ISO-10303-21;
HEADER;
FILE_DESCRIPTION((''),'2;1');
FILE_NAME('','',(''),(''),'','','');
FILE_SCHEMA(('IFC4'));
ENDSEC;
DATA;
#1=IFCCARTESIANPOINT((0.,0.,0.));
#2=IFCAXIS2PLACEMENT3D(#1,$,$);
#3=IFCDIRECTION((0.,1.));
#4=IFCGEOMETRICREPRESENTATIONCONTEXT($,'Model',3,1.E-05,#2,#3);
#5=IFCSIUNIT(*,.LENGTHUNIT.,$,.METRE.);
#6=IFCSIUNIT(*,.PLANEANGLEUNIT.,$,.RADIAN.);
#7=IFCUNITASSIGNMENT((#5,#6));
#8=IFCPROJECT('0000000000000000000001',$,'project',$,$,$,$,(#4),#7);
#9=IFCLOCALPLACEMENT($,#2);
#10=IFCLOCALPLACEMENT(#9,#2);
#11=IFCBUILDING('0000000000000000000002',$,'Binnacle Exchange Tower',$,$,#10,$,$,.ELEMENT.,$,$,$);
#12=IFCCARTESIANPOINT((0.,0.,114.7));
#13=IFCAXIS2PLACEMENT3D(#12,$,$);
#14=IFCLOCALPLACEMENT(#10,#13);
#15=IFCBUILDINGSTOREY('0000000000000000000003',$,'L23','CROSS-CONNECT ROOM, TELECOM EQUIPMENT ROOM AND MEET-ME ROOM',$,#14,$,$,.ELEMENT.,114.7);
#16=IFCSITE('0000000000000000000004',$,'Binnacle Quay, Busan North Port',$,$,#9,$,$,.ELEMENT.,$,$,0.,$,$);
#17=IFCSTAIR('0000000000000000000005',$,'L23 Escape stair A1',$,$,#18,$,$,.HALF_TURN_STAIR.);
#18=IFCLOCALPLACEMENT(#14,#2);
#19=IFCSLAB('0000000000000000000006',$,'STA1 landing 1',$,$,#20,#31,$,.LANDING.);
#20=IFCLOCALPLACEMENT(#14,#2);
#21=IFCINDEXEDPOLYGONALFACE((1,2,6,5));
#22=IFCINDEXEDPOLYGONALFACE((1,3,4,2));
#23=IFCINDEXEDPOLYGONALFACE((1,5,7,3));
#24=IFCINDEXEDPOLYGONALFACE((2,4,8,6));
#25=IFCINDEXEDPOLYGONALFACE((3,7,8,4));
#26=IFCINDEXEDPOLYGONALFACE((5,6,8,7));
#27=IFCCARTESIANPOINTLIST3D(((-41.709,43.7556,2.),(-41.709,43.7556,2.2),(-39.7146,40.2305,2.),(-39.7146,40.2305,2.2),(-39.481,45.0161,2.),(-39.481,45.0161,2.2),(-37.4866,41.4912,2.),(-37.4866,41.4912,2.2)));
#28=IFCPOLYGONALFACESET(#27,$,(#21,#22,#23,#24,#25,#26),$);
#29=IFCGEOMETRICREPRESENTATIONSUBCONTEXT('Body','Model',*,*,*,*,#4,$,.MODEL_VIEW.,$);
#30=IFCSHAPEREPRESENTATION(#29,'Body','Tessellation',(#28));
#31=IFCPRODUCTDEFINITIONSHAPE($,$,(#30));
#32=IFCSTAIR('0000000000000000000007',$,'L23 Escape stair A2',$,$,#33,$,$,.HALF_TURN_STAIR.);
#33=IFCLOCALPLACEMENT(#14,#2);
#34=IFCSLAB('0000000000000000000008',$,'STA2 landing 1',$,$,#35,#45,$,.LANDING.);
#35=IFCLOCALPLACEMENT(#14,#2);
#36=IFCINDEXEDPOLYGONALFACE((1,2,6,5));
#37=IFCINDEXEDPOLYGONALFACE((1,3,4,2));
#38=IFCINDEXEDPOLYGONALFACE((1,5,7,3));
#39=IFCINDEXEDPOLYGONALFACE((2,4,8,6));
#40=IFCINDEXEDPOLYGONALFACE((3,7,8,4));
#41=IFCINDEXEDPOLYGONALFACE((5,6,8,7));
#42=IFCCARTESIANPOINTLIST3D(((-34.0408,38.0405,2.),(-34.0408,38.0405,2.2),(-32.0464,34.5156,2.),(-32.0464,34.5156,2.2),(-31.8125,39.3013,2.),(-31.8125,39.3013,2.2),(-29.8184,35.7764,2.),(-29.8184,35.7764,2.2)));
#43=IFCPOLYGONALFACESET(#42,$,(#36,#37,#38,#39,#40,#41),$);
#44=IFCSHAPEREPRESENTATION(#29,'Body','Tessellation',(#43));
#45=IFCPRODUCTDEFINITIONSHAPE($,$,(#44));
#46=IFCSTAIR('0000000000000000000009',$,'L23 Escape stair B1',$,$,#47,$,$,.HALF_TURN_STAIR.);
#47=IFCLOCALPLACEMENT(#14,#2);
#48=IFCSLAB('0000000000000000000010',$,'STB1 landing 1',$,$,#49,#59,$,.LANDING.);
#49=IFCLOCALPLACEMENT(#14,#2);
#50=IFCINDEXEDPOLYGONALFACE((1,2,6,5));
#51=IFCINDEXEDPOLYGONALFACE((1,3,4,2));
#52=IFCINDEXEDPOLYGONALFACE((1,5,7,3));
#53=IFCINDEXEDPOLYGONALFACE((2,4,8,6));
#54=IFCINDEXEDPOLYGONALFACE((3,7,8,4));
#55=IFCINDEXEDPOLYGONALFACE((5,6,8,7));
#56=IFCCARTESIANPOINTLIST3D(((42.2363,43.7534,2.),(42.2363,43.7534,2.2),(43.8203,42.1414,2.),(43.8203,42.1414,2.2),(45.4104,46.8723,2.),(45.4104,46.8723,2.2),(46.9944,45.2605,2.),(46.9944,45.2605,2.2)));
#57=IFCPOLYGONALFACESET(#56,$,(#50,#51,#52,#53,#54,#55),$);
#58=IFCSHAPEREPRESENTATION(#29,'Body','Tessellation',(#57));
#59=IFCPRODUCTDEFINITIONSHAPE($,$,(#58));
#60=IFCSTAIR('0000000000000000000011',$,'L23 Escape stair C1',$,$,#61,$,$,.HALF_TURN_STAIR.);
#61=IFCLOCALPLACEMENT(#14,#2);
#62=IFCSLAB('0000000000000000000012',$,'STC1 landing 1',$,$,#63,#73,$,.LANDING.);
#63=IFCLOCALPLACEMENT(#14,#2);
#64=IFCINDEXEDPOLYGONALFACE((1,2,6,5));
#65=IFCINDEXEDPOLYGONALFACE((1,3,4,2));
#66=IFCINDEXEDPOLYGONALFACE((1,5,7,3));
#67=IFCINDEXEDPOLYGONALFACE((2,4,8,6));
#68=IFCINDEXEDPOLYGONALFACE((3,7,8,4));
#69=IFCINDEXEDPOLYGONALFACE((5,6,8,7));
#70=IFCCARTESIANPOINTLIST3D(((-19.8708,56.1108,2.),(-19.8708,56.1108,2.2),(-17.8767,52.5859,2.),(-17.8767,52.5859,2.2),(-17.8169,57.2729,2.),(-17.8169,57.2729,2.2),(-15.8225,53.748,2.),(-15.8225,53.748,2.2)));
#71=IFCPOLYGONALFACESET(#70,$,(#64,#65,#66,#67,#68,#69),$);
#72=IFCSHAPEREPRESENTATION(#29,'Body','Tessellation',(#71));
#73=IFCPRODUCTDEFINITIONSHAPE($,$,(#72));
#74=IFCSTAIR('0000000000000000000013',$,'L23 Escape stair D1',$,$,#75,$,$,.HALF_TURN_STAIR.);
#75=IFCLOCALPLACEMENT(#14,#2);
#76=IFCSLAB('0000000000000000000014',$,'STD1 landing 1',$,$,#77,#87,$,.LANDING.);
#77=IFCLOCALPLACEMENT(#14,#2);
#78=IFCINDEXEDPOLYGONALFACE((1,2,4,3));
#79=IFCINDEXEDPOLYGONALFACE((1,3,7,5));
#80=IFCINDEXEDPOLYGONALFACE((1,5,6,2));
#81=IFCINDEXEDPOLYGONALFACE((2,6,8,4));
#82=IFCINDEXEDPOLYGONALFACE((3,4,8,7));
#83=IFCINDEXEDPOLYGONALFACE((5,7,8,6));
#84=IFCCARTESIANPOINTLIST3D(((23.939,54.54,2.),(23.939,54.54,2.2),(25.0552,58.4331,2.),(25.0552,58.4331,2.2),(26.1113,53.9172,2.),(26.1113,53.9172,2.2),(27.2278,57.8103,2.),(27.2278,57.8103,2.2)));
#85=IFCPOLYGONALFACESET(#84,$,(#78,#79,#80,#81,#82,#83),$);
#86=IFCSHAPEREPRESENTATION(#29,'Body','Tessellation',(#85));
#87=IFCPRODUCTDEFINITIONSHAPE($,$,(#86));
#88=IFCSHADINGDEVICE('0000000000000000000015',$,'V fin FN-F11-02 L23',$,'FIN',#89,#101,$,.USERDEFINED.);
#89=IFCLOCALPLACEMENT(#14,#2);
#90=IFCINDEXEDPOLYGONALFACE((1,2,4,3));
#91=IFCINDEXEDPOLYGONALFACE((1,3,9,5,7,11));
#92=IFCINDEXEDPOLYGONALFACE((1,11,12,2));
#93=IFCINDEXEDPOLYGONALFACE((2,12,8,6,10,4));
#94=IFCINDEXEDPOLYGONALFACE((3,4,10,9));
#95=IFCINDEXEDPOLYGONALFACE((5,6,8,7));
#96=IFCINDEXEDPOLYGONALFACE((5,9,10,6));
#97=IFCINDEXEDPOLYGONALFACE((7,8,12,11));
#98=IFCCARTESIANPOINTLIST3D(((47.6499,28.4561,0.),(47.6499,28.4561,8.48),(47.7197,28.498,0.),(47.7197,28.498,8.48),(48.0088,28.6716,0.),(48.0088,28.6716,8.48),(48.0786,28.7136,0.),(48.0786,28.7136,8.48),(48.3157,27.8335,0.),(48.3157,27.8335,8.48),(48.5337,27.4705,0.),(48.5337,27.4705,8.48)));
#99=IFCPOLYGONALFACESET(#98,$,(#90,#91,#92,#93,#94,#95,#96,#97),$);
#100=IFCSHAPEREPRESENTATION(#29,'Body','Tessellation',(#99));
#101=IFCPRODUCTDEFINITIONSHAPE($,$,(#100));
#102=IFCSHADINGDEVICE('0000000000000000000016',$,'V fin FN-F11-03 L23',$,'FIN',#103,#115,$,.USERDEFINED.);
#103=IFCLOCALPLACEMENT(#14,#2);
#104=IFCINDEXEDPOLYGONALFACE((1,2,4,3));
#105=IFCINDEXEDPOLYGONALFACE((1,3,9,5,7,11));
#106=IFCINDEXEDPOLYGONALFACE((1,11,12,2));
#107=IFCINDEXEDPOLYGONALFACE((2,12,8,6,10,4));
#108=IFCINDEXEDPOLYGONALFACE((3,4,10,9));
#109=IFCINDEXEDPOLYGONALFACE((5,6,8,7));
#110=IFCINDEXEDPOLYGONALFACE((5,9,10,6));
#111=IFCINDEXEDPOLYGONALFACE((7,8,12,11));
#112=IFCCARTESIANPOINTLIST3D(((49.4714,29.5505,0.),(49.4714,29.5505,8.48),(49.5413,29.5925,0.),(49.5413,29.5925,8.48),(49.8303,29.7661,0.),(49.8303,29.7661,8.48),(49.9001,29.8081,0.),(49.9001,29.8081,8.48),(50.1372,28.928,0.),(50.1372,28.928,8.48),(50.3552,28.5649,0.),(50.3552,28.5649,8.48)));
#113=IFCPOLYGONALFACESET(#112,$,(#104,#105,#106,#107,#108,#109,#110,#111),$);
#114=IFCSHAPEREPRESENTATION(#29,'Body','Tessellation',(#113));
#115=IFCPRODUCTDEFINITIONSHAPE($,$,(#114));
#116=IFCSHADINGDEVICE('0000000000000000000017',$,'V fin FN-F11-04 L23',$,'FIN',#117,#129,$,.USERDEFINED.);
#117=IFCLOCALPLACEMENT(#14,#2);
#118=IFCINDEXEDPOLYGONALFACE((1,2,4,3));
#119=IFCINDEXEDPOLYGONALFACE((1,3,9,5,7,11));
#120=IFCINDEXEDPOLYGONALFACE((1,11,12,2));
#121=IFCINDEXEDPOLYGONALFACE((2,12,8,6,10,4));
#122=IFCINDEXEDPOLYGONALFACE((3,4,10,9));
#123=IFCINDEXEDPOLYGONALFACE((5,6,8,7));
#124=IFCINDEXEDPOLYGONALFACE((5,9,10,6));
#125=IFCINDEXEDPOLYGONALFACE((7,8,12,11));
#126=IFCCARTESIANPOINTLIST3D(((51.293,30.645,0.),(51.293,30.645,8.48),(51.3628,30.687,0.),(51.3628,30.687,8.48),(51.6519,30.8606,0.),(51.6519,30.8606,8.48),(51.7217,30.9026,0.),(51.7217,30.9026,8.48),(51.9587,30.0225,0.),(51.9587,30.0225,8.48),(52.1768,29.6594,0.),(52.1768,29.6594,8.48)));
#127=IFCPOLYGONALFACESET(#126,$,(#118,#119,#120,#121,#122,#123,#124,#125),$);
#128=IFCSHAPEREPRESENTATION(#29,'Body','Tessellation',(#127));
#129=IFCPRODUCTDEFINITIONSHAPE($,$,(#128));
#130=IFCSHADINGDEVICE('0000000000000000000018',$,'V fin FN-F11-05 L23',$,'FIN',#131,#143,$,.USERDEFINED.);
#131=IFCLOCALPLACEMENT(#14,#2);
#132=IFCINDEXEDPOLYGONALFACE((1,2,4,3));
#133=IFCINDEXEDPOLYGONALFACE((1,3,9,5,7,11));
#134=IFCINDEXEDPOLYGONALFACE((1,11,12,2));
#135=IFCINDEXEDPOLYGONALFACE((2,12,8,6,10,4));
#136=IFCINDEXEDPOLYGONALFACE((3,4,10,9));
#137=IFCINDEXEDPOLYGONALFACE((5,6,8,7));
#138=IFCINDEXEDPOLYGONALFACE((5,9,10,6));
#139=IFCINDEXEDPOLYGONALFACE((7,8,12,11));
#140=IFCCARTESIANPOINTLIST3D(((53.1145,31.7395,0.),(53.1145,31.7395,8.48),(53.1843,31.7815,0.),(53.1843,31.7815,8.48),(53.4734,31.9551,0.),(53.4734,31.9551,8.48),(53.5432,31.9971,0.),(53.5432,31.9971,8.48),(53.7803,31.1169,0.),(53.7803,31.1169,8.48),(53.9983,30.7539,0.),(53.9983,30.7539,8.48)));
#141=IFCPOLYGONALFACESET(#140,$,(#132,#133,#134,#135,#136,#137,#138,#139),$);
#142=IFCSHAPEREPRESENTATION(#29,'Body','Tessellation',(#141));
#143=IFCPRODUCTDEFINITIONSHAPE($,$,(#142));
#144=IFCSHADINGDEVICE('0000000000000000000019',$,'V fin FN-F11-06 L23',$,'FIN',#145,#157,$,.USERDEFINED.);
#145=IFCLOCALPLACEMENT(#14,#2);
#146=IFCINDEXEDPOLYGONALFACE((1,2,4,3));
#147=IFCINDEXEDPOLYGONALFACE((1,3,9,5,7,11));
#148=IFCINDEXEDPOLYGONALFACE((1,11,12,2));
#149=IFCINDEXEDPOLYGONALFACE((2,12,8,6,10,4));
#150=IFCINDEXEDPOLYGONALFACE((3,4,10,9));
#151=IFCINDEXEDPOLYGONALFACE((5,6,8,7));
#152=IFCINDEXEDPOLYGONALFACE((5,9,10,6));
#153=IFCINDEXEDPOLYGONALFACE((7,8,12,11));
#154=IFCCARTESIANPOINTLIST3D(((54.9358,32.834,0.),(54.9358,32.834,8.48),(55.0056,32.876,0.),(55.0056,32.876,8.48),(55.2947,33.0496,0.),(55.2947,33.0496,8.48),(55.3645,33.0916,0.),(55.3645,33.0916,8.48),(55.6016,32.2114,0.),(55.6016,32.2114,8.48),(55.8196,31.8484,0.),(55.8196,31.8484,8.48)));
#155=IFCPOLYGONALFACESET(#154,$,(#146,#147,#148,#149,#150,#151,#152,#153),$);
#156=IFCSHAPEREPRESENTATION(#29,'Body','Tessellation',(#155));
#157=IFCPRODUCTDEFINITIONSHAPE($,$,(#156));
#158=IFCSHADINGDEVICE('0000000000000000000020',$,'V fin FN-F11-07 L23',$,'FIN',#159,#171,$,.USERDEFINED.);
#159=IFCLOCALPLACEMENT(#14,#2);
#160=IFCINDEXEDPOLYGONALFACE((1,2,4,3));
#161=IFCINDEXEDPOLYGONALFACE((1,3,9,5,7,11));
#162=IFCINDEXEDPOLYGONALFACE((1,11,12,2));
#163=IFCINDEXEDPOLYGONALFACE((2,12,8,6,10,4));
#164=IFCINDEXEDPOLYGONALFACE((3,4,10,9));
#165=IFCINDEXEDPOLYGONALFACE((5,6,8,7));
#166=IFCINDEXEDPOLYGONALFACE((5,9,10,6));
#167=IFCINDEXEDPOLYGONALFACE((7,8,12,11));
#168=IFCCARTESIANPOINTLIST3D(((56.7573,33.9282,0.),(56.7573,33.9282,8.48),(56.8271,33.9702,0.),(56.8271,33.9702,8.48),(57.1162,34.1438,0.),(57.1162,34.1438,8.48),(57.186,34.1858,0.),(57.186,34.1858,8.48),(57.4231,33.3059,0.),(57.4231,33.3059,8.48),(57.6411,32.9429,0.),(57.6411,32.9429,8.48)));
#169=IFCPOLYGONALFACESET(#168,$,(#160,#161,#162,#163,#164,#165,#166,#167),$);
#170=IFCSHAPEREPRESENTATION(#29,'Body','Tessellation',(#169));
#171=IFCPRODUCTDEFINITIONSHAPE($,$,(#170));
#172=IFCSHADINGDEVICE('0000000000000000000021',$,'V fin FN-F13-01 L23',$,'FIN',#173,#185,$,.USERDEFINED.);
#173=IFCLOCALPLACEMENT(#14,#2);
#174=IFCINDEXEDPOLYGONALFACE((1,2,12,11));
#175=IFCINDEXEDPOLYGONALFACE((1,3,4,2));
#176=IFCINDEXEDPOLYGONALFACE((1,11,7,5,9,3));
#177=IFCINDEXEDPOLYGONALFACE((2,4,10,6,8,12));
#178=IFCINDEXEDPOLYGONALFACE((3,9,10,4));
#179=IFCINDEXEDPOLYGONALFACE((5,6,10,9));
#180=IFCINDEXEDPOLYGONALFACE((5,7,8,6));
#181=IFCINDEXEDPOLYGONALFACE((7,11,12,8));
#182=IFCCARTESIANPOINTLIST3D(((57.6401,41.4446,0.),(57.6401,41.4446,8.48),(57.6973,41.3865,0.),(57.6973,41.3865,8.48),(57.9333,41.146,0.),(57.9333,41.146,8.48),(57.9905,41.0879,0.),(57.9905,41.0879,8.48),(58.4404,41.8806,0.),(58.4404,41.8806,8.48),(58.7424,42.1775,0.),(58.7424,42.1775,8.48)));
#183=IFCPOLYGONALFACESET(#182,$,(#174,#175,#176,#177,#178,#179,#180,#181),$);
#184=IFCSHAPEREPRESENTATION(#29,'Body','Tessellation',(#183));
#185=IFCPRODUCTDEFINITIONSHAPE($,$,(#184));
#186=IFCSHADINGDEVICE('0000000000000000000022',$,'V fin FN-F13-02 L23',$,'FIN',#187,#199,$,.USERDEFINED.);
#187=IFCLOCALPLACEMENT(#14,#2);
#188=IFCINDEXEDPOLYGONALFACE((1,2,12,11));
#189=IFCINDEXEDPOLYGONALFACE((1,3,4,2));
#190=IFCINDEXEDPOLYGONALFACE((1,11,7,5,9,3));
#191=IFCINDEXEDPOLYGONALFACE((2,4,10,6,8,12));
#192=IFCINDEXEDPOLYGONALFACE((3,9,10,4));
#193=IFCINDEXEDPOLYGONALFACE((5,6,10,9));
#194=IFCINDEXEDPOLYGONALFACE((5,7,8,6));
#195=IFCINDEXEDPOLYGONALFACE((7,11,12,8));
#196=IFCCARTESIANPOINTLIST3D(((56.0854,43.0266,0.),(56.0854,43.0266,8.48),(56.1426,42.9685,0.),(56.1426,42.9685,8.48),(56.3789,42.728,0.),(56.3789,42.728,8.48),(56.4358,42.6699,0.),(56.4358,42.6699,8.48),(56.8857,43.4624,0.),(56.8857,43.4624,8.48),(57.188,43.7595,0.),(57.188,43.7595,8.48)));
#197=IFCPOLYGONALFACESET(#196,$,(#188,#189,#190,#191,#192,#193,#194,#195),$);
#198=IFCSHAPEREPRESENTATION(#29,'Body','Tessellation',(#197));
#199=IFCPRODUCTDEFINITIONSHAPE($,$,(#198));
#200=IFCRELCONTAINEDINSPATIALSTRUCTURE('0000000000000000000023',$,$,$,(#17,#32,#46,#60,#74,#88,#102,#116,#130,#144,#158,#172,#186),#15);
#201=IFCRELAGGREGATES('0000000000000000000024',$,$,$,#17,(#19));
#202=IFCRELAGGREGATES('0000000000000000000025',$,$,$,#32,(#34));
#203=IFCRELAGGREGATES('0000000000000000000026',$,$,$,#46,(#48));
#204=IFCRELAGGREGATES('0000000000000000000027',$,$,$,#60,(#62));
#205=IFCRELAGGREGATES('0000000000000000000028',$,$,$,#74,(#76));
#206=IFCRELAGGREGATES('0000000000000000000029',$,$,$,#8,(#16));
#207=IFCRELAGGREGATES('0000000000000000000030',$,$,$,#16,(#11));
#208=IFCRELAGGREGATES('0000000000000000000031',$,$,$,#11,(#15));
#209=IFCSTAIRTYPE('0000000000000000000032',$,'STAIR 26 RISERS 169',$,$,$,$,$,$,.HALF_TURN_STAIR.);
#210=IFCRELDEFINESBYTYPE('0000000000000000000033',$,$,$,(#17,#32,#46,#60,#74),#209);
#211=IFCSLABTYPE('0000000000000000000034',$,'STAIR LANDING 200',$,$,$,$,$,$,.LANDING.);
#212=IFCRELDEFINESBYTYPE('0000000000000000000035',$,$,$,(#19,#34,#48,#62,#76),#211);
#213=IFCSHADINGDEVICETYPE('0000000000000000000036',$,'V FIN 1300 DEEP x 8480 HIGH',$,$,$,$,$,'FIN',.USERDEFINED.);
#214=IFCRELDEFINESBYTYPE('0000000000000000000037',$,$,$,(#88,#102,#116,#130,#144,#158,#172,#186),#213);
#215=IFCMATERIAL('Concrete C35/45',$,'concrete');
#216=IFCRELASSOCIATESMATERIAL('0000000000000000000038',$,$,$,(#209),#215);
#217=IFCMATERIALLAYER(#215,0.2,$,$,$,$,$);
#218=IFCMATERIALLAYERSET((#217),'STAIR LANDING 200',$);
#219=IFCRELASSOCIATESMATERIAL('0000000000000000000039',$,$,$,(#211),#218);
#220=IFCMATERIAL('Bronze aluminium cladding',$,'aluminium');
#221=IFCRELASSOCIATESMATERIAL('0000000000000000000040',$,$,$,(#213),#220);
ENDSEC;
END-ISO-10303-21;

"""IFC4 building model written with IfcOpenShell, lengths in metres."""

from ifc_helpers import new_model, si_unit, direction, frame, origin, place, context, subcontext, project, spatial, polyline, outline, extrude, material, layer, layer_set, type_object, element, aggregate, save


model = new_model("IFC4")

# Units and contexts
model_context = context("Model", 3, precision=1e-05, world=origin(), true_north=direction((0.0, 1.0)))
body_context = subcontext(model_context, "Body", "Model", "MODEL_VIEW")
ifc_project = project(units=[si_unit("LENGTHUNIT", "METRE"), si_unit("PLANEANGLEUNIT", "RADIAN")], contexts=[model_context])

# Site, building, storey
site_placement = place(None, origin())
site = spatial("IfcSite", under=ifc_project, at=site_placement, Name="Binnacle Quay, Busan North Port", CompositionType="ELEMENT", RefElevation=0.0)
building_placement = place(site_placement, origin())
building = spatial("IfcBuilding", under=site, at=building_placement, Name="Binnacle Exchange Tower", CompositionType="ELEMENT")
storey_placement = place(building_placement, frame((0.0, 0.0, 114.7)))
storey = spatial("IfcBuildingStorey", under=building, at=storey_placement, Name="L23", Description="CROSS-CONNECT ROOM, TELECOM EQUIPMENT ROOM AND MEET-ME ROOM", CompositionType="ELEMENT", Elevation=114.7)

# Stairs, slabs
ifc_material_1 = material(Name="Concrete C35/45", Category="concrete")
stair_type = type_object("IfcStairType", Name="STAIR 26 RISERS 169", PredefinedType="HALF_TURN_STAIR", material=ifc_material_1)
stair_1_placement = place(storey_placement, origin())
stair_1 = element("IfcStair", 1, at=stair_1_placement, inside=storey, type_object=stair_type, Name="L23 Escape stair A1", PredefinedType="HALF_TURN_STAIR")
ifc_layer = layer(ifc_material_1, 0.2)
ifc_layer_set = layer_set([ifc_layer], Name="STAIR LANDING 200")
slab_type = type_object("IfcSlabType", Name="STAIR LANDING 200", PredefinedType="LANDING", material=ifc_layer_set)
slab_1_placement = place(storey_placement, frame((0.0, 0.0, 2.0)))
slab_1 = element("IfcSlab", 2, at=slab_1_placement, type_object=slab_type, Name="STA1 landing 1", PredefinedType="LANDING", context=body_context, shape_type="SweptSolid", body=[
    extrude(outline(polyline([(-39.7146, 40.2305), (-37.4866, 41.4912), (-39.481, 45.0161), (-41.709, 43.7556), (-39.7146, 40.2305)])), origin(), (0.0, 0.0, 1.0), 0.2),
])
aggregate(stair_1, [slab_1])
stair_2_placement = place(storey_placement, origin())
stair_2 = element("IfcStair", 3, at=stair_2_placement, inside=storey, type_object=stair_type, Name="L23 Escape stair A2", PredefinedType="HALF_TURN_STAIR")
slab_2_placement = place(storey_placement, frame((0.0, 0.0, 2.0)))
slab_2 = element("IfcSlab", 4, at=slab_2_placement, type_object=slab_type, Name="STA2 landing 1", PredefinedType="LANDING", context=body_context, shape_type="SweptSolid", body=[
    extrude(outline(polyline([(-31.8125, 39.3013), (-34.0408, 38.0405), (-32.0464, 34.5156), (-29.8184, 35.7764), (-31.8125, 39.3013)])), origin(), (0.0, 0.0, 1.0), 0.2),
])
aggregate(stair_2, [slab_2])
stair_3_placement = place(storey_placement, origin())
stair_3 = element("IfcStair", 5, at=stair_3_placement, inside=storey, type_object=stair_type, Name="L23 Escape stair B1", PredefinedType="HALF_TURN_STAIR")
slab_3_placement = place(storey_placement, frame((0.0, 0.0, 2.0)))
slab_3 = element("IfcSlab", 6, at=slab_3_placement, type_object=slab_type, Name="STB1 landing 1", PredefinedType="LANDING", context=body_context, shape_type="SweptSolid", body=[
    extrude(outline(polyline([(42.2363, 43.7534), (43.8203, 42.1414), (46.9944, 45.2605), (45.4104, 46.8723), (42.2363, 43.7534)])), origin(), (0.0, 0.0, 1.0), 0.2),
])
aggregate(stair_3, [slab_3])
stair_4_placement = place(storey_placement, origin())
stair_4 = element("IfcStair", 7, at=stair_4_placement, inside=storey, type_object=stair_type, Name="L23 Escape stair C1", PredefinedType="HALF_TURN_STAIR")
slab_4_placement = place(storey_placement, frame((0.0, 0.0, 2.0)))
slab_4 = element("IfcSlab", 8, at=slab_4_placement, type_object=slab_type, Name="STC1 landing 1", PredefinedType="LANDING", context=body_context, shape_type="SweptSolid", body=[
    extrude(outline(polyline([(-17.8767, 52.5859), (-15.8225, 53.748), (-17.8169, 57.2729), (-19.8708, 56.1108), (-17.8767, 52.5859)])), origin(), (0.0, 0.0, 1.0), 0.2),
])
aggregate(stair_4, [slab_4])
stair_5_placement = place(storey_placement, origin())
stair_5 = element("IfcStair", 9, at=stair_5_placement, inside=storey, type_object=stair_type, Name="L23 Escape stair D1", PredefinedType="HALF_TURN_STAIR")
slab_5_placement = place(storey_placement, frame((0.0, 0.0, 2.0)))
slab_5 = element("IfcSlab", 10, at=slab_5_placement, type_object=slab_type, Name="STD1 landing 1", PredefinedType="LANDING", context=body_context, shape_type="SweptSolid", body=[
    extrude(outline(polyline([(23.939, 54.54), (26.1113, 53.9172), (27.2278, 57.8103), (25.0552, 58.4331), (23.939, 54.54)])), origin(), (0.0, 0.0, 1.0), 0.2),
])
aggregate(stair_5, [slab_5])

# Shading devices
ifc_material_2 = material(Name="Bronze aluminium cladding", Category="aluminium")
shading_device_type = type_object("IfcShadingDeviceType", Name="V FIN 1300 DEEP x 8480 HIGH", ElementType="FIN", PredefinedType="USERDEFINED", material=ifc_material_2)
shading_device_1_placement = place(storey_placement, origin())
element("IfcShadingDevice", 11, at=shading_device_1_placement, inside=storey, type_object=shading_device_type, Name="V fin FN-F11-02 L23", ObjectType="FIN", PredefinedType="USERDEFINED", context=body_context, shape_type="SweptSolid", body=[
    extrude(outline(polyline([(47.6499, 28.4561), (48.5337, 27.4705), (48.0786, 28.7136), (48.0088, 28.6716), (48.3157, 27.8335), (47.7197, 28.498), (47.6499, 28.4561)])), origin(), (0.0, 0.0, 1.0), 8.48),
])
shading_device_2_placement = place(storey_placement, origin())
element("IfcShadingDevice", 12, at=shading_device_2_placement, inside=storey, type_object=shading_device_type, Name="V fin FN-F11-03 L23", ObjectType="FIN", PredefinedType="USERDEFINED", context=body_context, shape_type="SweptSolid", body=[
    extrude(outline(polyline([(49.4714, 29.5505), (50.3552, 28.5649), (49.9001, 29.8081), (49.8303, 29.7661), (50.1372, 28.928), (49.5413, 29.5925), (49.4714, 29.5505)])), origin(), (0.0, 0.0, 1.0), 8.48),
])
shading_device_3_placement = place(storey_placement, origin())
element("IfcShadingDevice", 13, at=shading_device_3_placement, inside=storey, type_object=shading_device_type, Name="V fin FN-F11-04 L23", ObjectType="FIN", PredefinedType="USERDEFINED", context=body_context, shape_type="SweptSolid", body=[
    extrude(outline(polyline([(51.293, 30.645), (52.1768, 29.6594), (51.7217, 30.9026), (51.6519, 30.8606), (51.9587, 30.0225), (51.3628, 30.687), (51.293, 30.645)])), origin(), (0.0, 0.0, 1.0), 8.48),
])
shading_device_4_placement = place(storey_placement, origin())
element("IfcShadingDevice", 14, at=shading_device_4_placement, inside=storey, type_object=shading_device_type, Name="V fin FN-F11-05 L23", ObjectType="FIN", PredefinedType="USERDEFINED", context=body_context, shape_type="SweptSolid", body=[
    extrude(outline(polyline([(53.1145, 31.7395), (53.9983, 30.7539), (53.5432, 31.9971), (53.4734, 31.9551), (53.7803, 31.1169), (53.1843, 31.7815), (53.1145, 31.7395)])), origin(), (0.0, 0.0, 1.0), 8.48),
])
shading_device_5_placement = place(storey_placement, origin())
element("IfcShadingDevice", 15, at=shading_device_5_placement, inside=storey, type_object=shading_device_type, Name="V fin FN-F11-06 L23", ObjectType="FIN", PredefinedType="USERDEFINED", context=body_context, shape_type="SweptSolid", body=[
    extrude(outline(polyline([(54.9358, 32.834), (55.8196, 31.8484), (55.3645, 33.0916), (55.2947, 33.0496), (55.6016, 32.2114), (55.0056, 32.876), (54.9358, 32.834)])), origin(), (0.0, 0.0, 1.0), 8.48),
])
shading_device_6_placement = place(storey_placement, origin())
element("IfcShadingDevice", 16, at=shading_device_6_placement, inside=storey, type_object=shading_device_type, Name="V fin FN-F11-07 L23", ObjectType="FIN", PredefinedType="USERDEFINED", context=body_context, shape_type="SweptSolid", body=[
    extrude(outline(polyline([(56.7573, 33.9282), (57.6411, 32.9429), (57.186, 34.1858), (57.1162, 34.1438), (57.4231, 33.3059), (56.8271, 33.9702), (56.7573, 33.9282)])), origin(), (0.0, 0.0, 1.0), 8.48),
])
shading_device_7_placement = place(storey_placement, origin())
element("IfcShadingDevice", 17, at=shading_device_7_placement, inside=storey, type_object=shading_device_type, Name="V fin FN-F13-01 L23", ObjectType="FIN", PredefinedType="USERDEFINED", context=body_context, shape_type="SweptSolid", body=[
    extrude(outline(polyline([(57.9905, 41.0879), (58.7424, 42.1775), (57.6401, 41.4446), (57.6973, 41.3865), (58.4404, 41.8806), (57.9333, 41.146), (57.9905, 41.0879)])), origin(), (0.0, 0.0, 1.0), 8.48),
])
shading_device_8_placement = place(storey_placement, origin())
element("IfcShadingDevice", 18, at=shading_device_8_placement, inside=storey, type_object=shading_device_type, Name="V fin FN-F13-02 L23", ObjectType="FIN", PredefinedType="USERDEFINED", context=body_context, shape_type="SweptSolid", body=[
    extrude(outline(polyline([(56.4358, 42.6699), (57.188, 43.7595), (56.0854, 43.0266), (56.1426, 42.9685), (56.8857, 43.4624), (56.3789, 42.728), (56.4358, 42.6699)])), origin(), (0.0, 0.0, 1.0), 8.48),
])

save(model, "model.ifc")
